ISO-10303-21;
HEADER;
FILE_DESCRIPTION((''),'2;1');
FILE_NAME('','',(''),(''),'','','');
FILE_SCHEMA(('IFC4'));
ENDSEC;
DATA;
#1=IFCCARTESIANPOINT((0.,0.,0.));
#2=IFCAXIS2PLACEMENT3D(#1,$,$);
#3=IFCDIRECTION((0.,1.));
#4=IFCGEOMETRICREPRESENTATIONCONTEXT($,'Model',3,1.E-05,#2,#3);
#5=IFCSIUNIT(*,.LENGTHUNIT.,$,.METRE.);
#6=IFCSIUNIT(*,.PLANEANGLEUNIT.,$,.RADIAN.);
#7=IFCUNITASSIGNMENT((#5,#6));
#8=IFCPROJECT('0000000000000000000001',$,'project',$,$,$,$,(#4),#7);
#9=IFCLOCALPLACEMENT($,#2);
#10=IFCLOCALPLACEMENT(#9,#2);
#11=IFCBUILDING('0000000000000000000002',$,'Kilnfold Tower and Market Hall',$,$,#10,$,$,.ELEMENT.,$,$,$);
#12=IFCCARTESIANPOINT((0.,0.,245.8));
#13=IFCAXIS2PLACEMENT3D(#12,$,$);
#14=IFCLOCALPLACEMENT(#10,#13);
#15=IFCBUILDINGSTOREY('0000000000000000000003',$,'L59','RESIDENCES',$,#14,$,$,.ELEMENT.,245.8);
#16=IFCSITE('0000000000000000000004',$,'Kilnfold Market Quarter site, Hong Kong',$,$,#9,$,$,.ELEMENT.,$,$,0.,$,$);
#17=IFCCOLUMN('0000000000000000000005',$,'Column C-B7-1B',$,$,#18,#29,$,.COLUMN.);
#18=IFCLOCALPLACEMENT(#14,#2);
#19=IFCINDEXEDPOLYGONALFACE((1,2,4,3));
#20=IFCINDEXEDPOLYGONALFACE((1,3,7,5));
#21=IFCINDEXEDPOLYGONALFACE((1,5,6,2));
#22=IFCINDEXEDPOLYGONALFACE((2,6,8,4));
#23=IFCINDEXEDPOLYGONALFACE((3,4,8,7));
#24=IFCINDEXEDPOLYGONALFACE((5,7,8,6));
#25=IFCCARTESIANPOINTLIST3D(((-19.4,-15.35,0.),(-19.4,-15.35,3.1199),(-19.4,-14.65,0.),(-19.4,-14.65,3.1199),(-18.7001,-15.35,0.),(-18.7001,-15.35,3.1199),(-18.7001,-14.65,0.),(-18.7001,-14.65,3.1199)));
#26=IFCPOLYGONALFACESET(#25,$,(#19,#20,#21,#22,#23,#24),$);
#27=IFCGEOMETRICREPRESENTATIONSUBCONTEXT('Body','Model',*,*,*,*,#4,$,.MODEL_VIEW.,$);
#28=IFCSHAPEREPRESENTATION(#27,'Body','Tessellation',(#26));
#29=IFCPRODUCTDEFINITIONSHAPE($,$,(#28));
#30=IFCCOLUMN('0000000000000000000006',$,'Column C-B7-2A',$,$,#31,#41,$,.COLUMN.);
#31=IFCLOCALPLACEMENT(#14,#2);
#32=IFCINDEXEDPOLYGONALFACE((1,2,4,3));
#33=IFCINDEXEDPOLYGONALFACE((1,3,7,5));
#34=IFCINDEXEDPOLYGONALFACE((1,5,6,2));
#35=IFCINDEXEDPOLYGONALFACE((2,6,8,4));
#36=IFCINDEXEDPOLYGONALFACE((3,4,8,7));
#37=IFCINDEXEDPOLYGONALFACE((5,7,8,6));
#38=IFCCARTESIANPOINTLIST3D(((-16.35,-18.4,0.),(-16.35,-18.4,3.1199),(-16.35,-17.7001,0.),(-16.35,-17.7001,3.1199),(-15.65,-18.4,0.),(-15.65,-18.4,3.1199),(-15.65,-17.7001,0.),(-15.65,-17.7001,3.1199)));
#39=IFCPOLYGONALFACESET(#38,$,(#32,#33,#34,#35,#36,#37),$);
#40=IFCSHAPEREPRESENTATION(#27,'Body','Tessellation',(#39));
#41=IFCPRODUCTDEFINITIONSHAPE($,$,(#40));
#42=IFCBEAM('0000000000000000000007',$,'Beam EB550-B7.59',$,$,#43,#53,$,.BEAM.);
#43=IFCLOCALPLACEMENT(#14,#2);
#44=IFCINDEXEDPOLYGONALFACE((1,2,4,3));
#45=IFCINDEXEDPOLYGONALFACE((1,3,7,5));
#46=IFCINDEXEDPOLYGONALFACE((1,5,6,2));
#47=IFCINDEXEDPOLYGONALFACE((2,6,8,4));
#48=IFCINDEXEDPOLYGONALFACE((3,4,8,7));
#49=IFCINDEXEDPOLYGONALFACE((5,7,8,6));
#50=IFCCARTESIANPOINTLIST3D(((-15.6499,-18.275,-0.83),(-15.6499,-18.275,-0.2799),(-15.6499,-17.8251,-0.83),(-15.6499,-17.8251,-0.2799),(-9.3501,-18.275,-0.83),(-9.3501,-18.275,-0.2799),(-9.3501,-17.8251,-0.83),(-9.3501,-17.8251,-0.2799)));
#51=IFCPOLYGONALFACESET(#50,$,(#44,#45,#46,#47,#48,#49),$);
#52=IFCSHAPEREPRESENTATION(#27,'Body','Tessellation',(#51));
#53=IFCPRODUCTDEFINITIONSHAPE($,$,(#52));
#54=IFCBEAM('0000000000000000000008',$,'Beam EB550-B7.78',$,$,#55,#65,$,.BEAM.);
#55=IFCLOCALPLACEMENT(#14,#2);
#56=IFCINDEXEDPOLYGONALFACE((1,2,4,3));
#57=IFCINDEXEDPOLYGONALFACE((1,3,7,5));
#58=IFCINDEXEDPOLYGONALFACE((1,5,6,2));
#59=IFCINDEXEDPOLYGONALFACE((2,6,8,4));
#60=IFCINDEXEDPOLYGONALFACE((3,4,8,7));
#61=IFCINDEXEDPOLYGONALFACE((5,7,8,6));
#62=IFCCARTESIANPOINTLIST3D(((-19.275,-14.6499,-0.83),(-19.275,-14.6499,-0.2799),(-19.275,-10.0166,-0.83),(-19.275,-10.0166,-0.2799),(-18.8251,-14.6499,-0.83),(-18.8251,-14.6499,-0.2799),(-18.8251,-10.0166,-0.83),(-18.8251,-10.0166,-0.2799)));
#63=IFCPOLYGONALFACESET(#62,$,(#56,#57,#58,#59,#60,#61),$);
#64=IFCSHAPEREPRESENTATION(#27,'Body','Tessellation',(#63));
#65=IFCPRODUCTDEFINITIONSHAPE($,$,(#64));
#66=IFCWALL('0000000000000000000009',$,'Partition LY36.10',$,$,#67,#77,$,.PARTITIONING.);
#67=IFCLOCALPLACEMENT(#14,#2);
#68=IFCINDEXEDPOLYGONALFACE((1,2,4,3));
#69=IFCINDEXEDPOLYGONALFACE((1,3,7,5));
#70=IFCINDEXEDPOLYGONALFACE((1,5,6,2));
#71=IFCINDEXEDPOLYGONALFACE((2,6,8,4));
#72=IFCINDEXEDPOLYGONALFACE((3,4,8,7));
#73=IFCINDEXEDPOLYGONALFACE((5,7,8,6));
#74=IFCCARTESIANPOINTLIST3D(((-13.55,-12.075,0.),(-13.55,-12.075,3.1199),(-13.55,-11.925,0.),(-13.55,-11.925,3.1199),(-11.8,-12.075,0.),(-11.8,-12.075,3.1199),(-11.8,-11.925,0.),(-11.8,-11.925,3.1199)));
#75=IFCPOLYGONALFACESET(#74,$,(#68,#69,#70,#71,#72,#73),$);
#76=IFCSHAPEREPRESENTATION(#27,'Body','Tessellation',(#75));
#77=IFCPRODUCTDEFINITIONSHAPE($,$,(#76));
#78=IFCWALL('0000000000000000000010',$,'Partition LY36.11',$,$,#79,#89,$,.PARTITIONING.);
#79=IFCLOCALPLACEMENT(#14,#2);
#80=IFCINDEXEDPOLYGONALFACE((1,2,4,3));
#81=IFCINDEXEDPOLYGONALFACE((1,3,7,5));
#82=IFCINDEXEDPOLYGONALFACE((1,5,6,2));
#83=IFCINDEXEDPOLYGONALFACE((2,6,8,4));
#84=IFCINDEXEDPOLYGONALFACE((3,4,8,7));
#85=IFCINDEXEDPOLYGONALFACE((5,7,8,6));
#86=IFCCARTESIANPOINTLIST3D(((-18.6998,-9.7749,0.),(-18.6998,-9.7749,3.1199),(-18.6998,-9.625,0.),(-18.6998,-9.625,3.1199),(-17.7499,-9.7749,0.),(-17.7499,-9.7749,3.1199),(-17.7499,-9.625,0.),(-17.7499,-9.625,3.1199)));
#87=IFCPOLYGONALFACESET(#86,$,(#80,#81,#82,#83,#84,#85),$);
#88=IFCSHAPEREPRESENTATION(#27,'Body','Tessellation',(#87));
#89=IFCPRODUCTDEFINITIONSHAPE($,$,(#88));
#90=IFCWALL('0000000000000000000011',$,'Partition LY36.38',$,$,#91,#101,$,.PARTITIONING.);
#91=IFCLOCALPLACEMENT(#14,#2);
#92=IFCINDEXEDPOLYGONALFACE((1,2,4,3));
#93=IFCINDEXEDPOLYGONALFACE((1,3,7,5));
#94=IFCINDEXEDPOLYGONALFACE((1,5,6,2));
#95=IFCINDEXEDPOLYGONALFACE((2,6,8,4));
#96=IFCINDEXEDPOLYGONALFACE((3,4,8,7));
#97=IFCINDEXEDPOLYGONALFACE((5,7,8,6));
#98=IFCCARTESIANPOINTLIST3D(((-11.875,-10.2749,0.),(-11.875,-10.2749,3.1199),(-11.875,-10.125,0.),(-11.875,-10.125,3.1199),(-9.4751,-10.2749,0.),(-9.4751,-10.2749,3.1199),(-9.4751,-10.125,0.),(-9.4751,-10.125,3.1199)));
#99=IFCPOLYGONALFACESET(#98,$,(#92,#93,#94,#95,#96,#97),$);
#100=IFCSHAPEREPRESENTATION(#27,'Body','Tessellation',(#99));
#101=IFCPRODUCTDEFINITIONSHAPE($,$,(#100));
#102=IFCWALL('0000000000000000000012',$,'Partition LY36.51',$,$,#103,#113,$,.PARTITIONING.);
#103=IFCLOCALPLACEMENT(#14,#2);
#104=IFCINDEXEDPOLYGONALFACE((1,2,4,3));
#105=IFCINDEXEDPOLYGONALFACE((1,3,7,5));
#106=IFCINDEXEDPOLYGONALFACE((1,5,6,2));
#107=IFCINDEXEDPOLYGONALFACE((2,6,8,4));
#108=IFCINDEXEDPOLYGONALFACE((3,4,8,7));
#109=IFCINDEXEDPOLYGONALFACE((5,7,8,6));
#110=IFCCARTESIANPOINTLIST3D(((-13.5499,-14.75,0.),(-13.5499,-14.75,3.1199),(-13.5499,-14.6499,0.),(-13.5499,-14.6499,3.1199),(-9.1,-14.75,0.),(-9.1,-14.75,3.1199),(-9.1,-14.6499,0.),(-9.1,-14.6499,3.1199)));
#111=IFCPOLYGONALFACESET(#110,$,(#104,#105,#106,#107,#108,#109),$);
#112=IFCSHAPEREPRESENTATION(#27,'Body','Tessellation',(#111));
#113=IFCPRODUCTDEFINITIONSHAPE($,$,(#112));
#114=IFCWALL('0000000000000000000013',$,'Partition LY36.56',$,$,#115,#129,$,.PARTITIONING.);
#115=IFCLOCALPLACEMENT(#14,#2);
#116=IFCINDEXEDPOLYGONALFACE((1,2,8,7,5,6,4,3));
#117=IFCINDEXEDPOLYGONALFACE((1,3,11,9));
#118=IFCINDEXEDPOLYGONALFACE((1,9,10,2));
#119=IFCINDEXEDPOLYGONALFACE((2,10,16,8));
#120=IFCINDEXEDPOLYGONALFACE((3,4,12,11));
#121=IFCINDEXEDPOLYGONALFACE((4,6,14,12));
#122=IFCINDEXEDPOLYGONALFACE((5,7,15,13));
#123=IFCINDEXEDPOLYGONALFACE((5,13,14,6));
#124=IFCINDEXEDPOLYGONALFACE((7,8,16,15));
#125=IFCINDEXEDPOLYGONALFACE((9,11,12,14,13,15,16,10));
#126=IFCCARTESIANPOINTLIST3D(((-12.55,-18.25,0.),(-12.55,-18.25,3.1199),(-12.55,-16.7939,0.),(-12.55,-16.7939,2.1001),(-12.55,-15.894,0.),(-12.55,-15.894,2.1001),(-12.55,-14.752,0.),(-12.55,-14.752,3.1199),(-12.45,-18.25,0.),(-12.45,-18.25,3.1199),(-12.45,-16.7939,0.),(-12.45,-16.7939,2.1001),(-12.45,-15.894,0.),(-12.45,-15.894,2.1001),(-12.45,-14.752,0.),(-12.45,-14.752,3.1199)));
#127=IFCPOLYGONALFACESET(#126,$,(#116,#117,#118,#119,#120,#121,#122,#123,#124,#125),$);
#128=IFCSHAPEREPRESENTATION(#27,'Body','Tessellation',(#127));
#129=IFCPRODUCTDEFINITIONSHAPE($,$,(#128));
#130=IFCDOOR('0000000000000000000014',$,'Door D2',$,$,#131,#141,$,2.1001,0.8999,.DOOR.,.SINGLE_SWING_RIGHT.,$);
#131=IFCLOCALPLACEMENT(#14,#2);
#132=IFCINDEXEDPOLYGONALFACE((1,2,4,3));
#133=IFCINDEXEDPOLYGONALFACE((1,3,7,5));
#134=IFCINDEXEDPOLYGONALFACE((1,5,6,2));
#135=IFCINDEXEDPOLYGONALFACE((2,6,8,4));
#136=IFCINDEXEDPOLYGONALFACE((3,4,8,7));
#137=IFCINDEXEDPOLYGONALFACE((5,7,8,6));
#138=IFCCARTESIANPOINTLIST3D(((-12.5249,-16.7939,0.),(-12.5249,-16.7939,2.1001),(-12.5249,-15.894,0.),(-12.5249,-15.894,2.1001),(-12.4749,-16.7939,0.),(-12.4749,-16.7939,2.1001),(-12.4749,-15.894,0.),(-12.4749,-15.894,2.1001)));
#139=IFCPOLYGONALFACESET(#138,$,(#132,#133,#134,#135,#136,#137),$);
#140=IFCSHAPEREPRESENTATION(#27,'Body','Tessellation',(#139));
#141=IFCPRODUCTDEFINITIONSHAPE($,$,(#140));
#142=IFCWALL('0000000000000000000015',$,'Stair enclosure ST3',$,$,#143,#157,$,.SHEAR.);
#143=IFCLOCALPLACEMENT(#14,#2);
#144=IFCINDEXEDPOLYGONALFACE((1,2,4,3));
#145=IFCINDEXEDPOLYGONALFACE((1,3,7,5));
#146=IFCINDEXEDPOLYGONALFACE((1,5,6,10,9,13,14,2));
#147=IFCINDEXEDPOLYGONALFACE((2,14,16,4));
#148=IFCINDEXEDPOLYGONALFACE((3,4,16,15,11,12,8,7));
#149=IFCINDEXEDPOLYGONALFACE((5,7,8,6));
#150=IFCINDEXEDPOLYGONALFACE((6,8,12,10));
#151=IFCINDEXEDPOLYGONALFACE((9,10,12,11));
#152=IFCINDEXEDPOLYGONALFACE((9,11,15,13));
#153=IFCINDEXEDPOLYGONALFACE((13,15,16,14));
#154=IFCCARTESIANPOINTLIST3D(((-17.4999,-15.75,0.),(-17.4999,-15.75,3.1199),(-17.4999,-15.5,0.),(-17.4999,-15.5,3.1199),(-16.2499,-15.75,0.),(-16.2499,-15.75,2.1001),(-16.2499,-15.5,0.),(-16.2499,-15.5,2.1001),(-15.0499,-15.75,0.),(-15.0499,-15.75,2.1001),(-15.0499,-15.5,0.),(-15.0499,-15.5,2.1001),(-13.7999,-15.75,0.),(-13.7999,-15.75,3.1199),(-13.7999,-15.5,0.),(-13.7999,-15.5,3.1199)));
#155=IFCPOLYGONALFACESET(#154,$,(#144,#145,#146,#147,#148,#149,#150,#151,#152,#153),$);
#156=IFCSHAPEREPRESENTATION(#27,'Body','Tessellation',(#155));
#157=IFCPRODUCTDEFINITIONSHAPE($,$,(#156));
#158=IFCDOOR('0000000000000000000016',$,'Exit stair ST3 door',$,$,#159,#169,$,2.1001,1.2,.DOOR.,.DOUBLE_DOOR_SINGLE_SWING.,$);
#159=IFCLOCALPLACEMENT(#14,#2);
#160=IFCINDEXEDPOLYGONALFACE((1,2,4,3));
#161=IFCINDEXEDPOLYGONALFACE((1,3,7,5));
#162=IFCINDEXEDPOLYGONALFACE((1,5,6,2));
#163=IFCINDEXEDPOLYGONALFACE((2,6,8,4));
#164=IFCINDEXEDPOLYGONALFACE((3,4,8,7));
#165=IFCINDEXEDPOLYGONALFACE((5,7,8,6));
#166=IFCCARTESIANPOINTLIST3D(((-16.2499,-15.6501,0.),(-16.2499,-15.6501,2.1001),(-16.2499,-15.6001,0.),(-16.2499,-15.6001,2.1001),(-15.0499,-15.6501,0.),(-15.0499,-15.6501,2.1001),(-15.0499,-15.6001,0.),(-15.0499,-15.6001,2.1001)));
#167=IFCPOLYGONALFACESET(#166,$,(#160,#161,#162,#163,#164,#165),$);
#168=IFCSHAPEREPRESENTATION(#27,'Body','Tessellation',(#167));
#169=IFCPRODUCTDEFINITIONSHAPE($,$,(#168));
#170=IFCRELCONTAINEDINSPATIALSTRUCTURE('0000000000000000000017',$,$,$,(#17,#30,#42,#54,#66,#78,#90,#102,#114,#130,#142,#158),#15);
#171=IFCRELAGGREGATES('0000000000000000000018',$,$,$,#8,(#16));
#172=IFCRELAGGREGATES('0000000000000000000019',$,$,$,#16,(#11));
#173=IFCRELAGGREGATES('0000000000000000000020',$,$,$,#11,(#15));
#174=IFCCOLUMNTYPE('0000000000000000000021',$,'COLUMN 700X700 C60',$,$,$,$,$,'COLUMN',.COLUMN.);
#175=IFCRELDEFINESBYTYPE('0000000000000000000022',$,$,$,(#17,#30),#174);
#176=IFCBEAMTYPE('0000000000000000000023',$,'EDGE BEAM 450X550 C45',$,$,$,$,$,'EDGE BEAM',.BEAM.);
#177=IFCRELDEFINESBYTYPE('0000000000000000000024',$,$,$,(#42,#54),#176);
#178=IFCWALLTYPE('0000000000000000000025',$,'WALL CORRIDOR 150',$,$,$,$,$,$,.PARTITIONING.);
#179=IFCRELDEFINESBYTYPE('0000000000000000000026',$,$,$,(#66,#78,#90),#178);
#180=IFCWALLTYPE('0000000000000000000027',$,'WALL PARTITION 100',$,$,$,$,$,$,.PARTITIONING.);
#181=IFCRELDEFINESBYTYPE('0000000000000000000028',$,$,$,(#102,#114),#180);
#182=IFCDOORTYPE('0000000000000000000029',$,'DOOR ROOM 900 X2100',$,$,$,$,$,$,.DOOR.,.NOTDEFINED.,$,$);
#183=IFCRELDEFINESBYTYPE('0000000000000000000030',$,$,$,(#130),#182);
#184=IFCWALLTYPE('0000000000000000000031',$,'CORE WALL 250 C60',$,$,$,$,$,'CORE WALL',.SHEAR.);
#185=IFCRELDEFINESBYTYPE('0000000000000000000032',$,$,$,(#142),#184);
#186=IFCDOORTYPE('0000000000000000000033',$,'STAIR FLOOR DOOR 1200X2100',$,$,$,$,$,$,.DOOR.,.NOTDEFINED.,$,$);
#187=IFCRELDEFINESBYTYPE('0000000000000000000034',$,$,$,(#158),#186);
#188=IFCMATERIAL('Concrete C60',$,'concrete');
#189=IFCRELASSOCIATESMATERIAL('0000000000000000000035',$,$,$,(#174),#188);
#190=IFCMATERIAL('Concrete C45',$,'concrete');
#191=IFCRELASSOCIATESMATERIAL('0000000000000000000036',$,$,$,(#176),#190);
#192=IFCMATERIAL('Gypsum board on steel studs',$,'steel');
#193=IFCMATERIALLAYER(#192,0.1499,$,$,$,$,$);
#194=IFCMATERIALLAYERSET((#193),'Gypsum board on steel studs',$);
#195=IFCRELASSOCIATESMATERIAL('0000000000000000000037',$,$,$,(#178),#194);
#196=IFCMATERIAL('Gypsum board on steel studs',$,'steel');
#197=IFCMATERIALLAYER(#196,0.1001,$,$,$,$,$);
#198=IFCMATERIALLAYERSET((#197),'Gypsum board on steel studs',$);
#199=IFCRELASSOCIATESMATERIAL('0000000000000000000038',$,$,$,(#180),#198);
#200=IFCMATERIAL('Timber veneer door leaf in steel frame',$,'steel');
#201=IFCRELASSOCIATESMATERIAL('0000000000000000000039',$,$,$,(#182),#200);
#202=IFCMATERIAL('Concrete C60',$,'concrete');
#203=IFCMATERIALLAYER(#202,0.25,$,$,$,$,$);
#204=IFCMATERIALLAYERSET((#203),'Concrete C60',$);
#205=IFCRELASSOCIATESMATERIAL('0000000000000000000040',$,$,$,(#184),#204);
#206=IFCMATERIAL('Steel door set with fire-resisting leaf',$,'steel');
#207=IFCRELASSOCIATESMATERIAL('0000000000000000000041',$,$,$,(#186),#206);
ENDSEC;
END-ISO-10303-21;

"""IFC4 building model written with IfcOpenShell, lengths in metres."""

from ifc_helpers import new_model, si_unit, direction, frame, frame_2d, origin, origin_2d, place, context, subcontext, project, spatial, rectangle, extrude, source, transform, mapped, material, layer, layer_set, material_profile, profile_set, type_object, element, fill, save


model = new_model("IFC4")

# Units and contexts
model_context = context("Model", 3, precision=1e-05, world=origin(), true_north=direction((0.0, 1.0)))
body_context = subcontext(model_context, "Body", "Model", "MODEL_VIEW")
ifc_project = project(units=[si_unit("LENGTHUNIT", "METRE"), si_unit("PLANEANGLEUNIT", "RADIAN")], contexts=[model_context])

# Site, building, storey
site_placement = place(None, origin())
site = spatial("IfcSite", under=ifc_project, at=site_placement, Name="Kilnfold Market Quarter site, Hong Kong", CompositionType="ELEMENT", RefElevation=0.0)
building_placement = place(site_placement, origin())
building = spatial("IfcBuilding", under=site, at=building_placement, Name="Kilnfold Tower and Market Hall", CompositionType="ELEMENT")
storey_placement = place(building_placement, frame((0.0, 0.0, 245.8)))
storey = spatial("IfcBuildingStorey", under=building, at=storey_placement, Name="L59", Description="RESIDENCES", CompositionType="ELEMENT", Elevation=245.8)

# Columns
ifc_material_1 = material(Name="Concrete C60", Category="concrete")
ifc_material_profile_1 = material_profile(ifc_material_1, rectangle(XDim=0.7, YDim=0.7, at=origin_2d()), Name="RC 700x700")
ifc_profile_set_1 = profile_set([ifc_material_profile_1], Name="Concrete C60")
column_type = type_object("IfcColumnType", Name="COLUMN 700X700 C60", ElementType="COLUMN", PredefinedType="COLUMN", material=ifc_profile_set_1)
shared_shape_1 = source(origin(), body_context, "Body", "SweptSolid", [
    extrude(rectangle(XDim=0.7, YDim=0.7, at=origin_2d()), origin(), (0.0, 0.0, 1.0), 3.1199),
])
for number, where, z_axis, x_axis, name in (
    (1, (-19.05, -15.0, 0.0), (0.0, 0.0, 1.0), (1.0, 0.0, 0.0), "Column C-B7-1B"),
    (2, (-16.0, -18.05, 0.0), (0.0, 0.0, 1.0), (1.0, 0.0, 0.0), "Column C-B7-2A"),
):
    element("IfcColumn", number, at=place(storey_placement, frame(where, z_axis=z_axis, x_axis=x_axis)), inside=storey, type_object=column_type, Name=name, PredefinedType="COLUMN", context=body_context, shape_type="MappedRepresentation", body=[
        mapped(shared_shape_1, transform((0.0, 0.0, 0.0))),
    ])

# Beams
ifc_material_2 = material(Name="Concrete C45", Category="concrete")
ifc_material_profile_2 = material_profile(ifc_material_2, rectangle(XDim=0.45, YDim=0.55, at=origin_2d()), Name="RC 450x550")
ifc_profile_set_2 = profile_set([ifc_material_profile_2], Name="Concrete C45")
beam_type = type_object("IfcBeamType", Name="EDGE BEAM 450X550 C45", ElementType="EDGE BEAM", PredefinedType="BEAM", material=ifc_profile_set_2)
shared_shape_2 = source(origin(), body_context, "Body", "SweptSolid", [
    extrude(rectangle(XDim=0.45, YDim=0.55, at=origin_2d()), origin(), (0.0, 0.0, 1.0), 6.2998),
])
beam_1_placement = place(storey_placement, frame((-15.6499, -18.05, -0.5549), z_axis=(1.0, 0.0, 0.0), x_axis=(0.0, 1.0, 0.0)))
element("IfcBeam", 3, at=beam_1_placement, inside=storey, type_object=beam_type, Name="Beam EB550-B7.59", PredefinedType="BEAM", context=body_context, shape_type="MappedRepresentation", body=[
    mapped(shared_shape_2, transform((0.0, 0.0, 0.0))),
])
shared_shape_3 = source(origin(), body_context, "Body", "SweptSolid", [
    extrude(rectangle(XDim=0.45, YDim=0.55, at=origin_2d()), origin(), (0.0, 0.0, 1.0), 4.6333),
])
beam_2_placement = place(storey_placement, frame((-19.05, -14.6499, -0.5549), z_axis=(0.0, 1.0, 0.0), x_axis=(-1.0, 0.0, 0.0)))
element("IfcBeam", 4, at=beam_2_placement, inside=storey, type_object=beam_type, Name="Beam EB550-B7.78", PredefinedType="BEAM", context=body_context, shape_type="MappedRepresentation", body=[
    mapped(shared_shape_3, transform((0.0, 0.0, 0.0))),
])

# Walls
ifc_material_3 = material(Name="Gypsum board on steel studs", Category="steel")
ifc_layer_1 = layer(ifc_material_3, 0.1499)
ifc_layer_set_1 = layer_set([ifc_layer_1], Name="Gypsum board on steel studs")
wall_type_1 = type_object("IfcWallType", Name="WALL CORRIDOR 150", PredefinedType="PARTITIONING", material=ifc_layer_set_1)
wall_1_placement = place(storey_placement, frame((-13.55, -12.0, 0.0), z_axis=(0.0, 0.0, 1.0), x_axis=(1.0, 0.0, 0.0)))
element("IfcWall", 5, at=wall_1_placement, inside=storey, type_object=wall_type_1, Name="Partition LY36.10", PredefinedType="PARTITIONING", context=body_context, shape_type="SweptSolid", body=[
    extrude(rectangle(XDim=1.75, YDim=0.1499, at=frame_2d((0.875, 0.0))), origin(), (0.0, 0.0, 1.0), 3.1199),
])
wall_2_placement = place(storey_placement, frame((-18.7, -9.7, 0.0), z_axis=(0.0, 0.0, 1.0), x_axis=(1.0, 0.0, 0.0)))
element("IfcWall", 6, at=wall_2_placement, inside=storey, type_object=wall_type_1, Name="Partition LY36.11", PredefinedType="PARTITIONING", context=body_context, shape_type="SweptSolid", body=[
    extrude(rectangle(XDim=0.95, YDim=0.1499, at=frame_2d((0.4751, 0.0))), origin(), (0.0, 0.0, 1.0), 3.1199),
])
wall_3_placement = place(storey_placement, frame((-11.875, -10.2, 0.0), z_axis=(0.0, 0.0, 1.0), x_axis=(1.0, 0.0, 0.0)))
element("IfcWall", 7, at=wall_3_placement, inside=storey, type_object=wall_type_1, Name="Partition LY36.38", PredefinedType="PARTITIONING", context=body_context, shape_type="SweptSolid", body=[
    extrude(rectangle(XDim=2.3999, YDim=0.1499, at=frame_2d((1.2, 0.0))), origin(), (0.0, 0.0, 1.0), 3.1199),
])
ifc_material_4 = material(Name="Gypsum board on steel studs", Category="steel")
ifc_layer_2 = layer(ifc_material_4, 0.1001)
ifc_layer_set_2 = layer_set([ifc_layer_2], Name="Gypsum board on steel studs")
wall_type_2 = type_object("IfcWallType", Name="WALL PARTITION 100", PredefinedType="PARTITIONING", material=ifc_layer_set_2)
wall_4_placement = place(storey_placement, frame((-13.55, -14.7, 0.0), z_axis=(0.0, 0.0, 1.0), x_axis=(1.0, 0.0, 0.0)))
element("IfcWall", 8, at=wall_4_placement, inside=storey, type_object=wall_type_2, Name="Partition LY36.51", PredefinedType="PARTITIONING", context=body_context, shape_type="SweptSolid", body=[
    extrude(rectangle(XDim=4.45, YDim=0.1001, at=frame_2d((2.2251, 0.0))), origin(), (0.0, 0.0, 1.0), 3.1199),
])

# Walls, openings, doors
wall_5_placement = place(storey_placement, frame((-12.5, -18.25, 0.0), z_axis=(0.0, 0.0, 1.0), x_axis=(0.0, 1.0, 0.0)))
wall_5 = element("IfcWall", 9, at=wall_5_placement, inside=storey, type_object=wall_type_2, Name="Partition LY36.56", PredefinedType="PARTITIONING", context=body_context, shape_type="SweptSolid", body=[
    extrude(rectangle(XDim=3.498, YDim=0.1001, at=frame_2d((1.749, 0.0))), origin(), (0.0, 0.0, 1.0), 3.1199),
])
opening_1_placement = place(wall_5_placement, frame((1.4561, 0.0, 0.0)))
opening_1 = element("IfcOpeningElement", 10, at=opening_1_placement, cuts=wall_5, PredefinedType="OPENING", context=body_context, shape_type="SweptSolid", body=[
    extrude(rectangle(XDim=0.8999, YDim=2.1001, at=frame_2d((0.45, 1.05))), frame((0.0, 0.0601, 0.0), z_axis=(0.0, -1.0, 0.0), x_axis=(1.0, 0.0, 0.0)), (0.0, 0.0, 1.0), 0.1201),
])
ifc_material_5 = material(Name="Timber veneer door leaf in steel frame", Category="steel")
door_type_1 = type_object("IfcDoorType", Name="DOOR ROOM 900 X2100", OperationType="NOTDEFINED", PredefinedType="DOOR", material=ifc_material_5)
door_1_placement = place(opening_1_placement, origin())
door_1 = element("IfcDoor", 11, at=door_1_placement, inside=storey, type_object=door_type_1, Name="Door D2", OperationType="SINGLE_SWING_RIGHT", OverallHeight=2.1001, OverallWidth=0.8999, PredefinedType="DOOR", context=body_context, shape_type="SweptSolid", body=[
    extrude(rectangle(XDim=0.8999, YDim=2.1001, at=frame_2d((0.45, 1.05))), frame((0.0, 0.0249, 0.0), z_axis=(0.0, -1.0, 0.0), x_axis=(1.0, 0.0, 0.0)), (0.0, 0.0, 1.0), 0.05),
])
fill(opening_1, door_1)
ifc_material_6 = material(Name="Concrete C60", Category="concrete")
ifc_layer_3 = layer(ifc_material_6, 0.25)
ifc_layer_set_3 = layer_set([ifc_layer_3], Name="Concrete C60")
wall_type_3 = type_object("IfcWallType", Name="CORE WALL 250 C60", ElementType="CORE WALL", PredefinedType="SHEAR", material=ifc_layer_set_3)
shared_shape_4 = source(origin(), body_context, "Body", "SweptSolid", [
    extrude(rectangle(XDim=3.7, YDim=0.25, at=frame_2d((1.8501, 0.0))), origin(), (0.0, 0.0, 1.0), 3.1199),
])
wall_6_placement = place(storey_placement, frame((-17.5, -15.625, 0.0), z_axis=(0.0, 0.0, 1.0), x_axis=(1.0, 0.0, 0.0)))
wall_6 = element("IfcWall", 12, at=wall_6_placement, inside=storey, type_object=wall_type_3, Name="Stair enclosure ST3", PredefinedType="SHEAR", context=body_context, shape_type="MappedRepresentation", body=[
    mapped(shared_shape_4, transform((0.0, 0.0, 0.0))),
])
opening_2_placement = place(wall_6_placement, frame((1.25, 0.0, 0.0)))
opening_2 = element("IfcOpeningElement", 13, at=opening_2_placement, cuts=wall_6, PredefinedType="OPENING", context=body_context, shape_type="SweptSolid", body=[
    extrude(rectangle(XDim=1.2, YDim=2.1001, at=frame_2d((0.6001, 1.05))), frame((0.0, 0.135, 0.0), z_axis=(0.0, -1.0, 0.0), x_axis=(1.0, 0.0, 0.0)), (0.0, 0.0, 1.0), 0.27),
])
ifc_material_7 = material(Name="Steel door set with fire-resisting leaf", Category="steel")
door_type_2 = type_object("IfcDoorType", Name="STAIR FLOOR DOOR 1200X2100", OperationType="NOTDEFINED", PredefinedType="DOOR", material=ifc_material_7)
door_2_placement = place(opening_2_placement, origin())
door_2 = element("IfcDoor", 14, at=door_2_placement, inside=storey, type_object=door_type_2, Name="Exit stair ST3 door", OperationType="DOUBLE_DOOR_SINGLE_SWING", OverallHeight=2.1001, OverallWidth=1.2, PredefinedType="DOOR", context=body_context, shape_type="SweptSolid", body=[
    extrude(rectangle(XDim=1.2, YDim=2.1001, at=frame_2d((0.6001, 1.05))), frame((0.0, 0.0249, 0.0), z_axis=(0.0, -1.0, 0.0), x_axis=(1.0, 0.0, 0.0)), (0.0, 0.0, 1.0), 0.05),
])
fill(opening_2, door_2)

save(model, "model.ifc")
